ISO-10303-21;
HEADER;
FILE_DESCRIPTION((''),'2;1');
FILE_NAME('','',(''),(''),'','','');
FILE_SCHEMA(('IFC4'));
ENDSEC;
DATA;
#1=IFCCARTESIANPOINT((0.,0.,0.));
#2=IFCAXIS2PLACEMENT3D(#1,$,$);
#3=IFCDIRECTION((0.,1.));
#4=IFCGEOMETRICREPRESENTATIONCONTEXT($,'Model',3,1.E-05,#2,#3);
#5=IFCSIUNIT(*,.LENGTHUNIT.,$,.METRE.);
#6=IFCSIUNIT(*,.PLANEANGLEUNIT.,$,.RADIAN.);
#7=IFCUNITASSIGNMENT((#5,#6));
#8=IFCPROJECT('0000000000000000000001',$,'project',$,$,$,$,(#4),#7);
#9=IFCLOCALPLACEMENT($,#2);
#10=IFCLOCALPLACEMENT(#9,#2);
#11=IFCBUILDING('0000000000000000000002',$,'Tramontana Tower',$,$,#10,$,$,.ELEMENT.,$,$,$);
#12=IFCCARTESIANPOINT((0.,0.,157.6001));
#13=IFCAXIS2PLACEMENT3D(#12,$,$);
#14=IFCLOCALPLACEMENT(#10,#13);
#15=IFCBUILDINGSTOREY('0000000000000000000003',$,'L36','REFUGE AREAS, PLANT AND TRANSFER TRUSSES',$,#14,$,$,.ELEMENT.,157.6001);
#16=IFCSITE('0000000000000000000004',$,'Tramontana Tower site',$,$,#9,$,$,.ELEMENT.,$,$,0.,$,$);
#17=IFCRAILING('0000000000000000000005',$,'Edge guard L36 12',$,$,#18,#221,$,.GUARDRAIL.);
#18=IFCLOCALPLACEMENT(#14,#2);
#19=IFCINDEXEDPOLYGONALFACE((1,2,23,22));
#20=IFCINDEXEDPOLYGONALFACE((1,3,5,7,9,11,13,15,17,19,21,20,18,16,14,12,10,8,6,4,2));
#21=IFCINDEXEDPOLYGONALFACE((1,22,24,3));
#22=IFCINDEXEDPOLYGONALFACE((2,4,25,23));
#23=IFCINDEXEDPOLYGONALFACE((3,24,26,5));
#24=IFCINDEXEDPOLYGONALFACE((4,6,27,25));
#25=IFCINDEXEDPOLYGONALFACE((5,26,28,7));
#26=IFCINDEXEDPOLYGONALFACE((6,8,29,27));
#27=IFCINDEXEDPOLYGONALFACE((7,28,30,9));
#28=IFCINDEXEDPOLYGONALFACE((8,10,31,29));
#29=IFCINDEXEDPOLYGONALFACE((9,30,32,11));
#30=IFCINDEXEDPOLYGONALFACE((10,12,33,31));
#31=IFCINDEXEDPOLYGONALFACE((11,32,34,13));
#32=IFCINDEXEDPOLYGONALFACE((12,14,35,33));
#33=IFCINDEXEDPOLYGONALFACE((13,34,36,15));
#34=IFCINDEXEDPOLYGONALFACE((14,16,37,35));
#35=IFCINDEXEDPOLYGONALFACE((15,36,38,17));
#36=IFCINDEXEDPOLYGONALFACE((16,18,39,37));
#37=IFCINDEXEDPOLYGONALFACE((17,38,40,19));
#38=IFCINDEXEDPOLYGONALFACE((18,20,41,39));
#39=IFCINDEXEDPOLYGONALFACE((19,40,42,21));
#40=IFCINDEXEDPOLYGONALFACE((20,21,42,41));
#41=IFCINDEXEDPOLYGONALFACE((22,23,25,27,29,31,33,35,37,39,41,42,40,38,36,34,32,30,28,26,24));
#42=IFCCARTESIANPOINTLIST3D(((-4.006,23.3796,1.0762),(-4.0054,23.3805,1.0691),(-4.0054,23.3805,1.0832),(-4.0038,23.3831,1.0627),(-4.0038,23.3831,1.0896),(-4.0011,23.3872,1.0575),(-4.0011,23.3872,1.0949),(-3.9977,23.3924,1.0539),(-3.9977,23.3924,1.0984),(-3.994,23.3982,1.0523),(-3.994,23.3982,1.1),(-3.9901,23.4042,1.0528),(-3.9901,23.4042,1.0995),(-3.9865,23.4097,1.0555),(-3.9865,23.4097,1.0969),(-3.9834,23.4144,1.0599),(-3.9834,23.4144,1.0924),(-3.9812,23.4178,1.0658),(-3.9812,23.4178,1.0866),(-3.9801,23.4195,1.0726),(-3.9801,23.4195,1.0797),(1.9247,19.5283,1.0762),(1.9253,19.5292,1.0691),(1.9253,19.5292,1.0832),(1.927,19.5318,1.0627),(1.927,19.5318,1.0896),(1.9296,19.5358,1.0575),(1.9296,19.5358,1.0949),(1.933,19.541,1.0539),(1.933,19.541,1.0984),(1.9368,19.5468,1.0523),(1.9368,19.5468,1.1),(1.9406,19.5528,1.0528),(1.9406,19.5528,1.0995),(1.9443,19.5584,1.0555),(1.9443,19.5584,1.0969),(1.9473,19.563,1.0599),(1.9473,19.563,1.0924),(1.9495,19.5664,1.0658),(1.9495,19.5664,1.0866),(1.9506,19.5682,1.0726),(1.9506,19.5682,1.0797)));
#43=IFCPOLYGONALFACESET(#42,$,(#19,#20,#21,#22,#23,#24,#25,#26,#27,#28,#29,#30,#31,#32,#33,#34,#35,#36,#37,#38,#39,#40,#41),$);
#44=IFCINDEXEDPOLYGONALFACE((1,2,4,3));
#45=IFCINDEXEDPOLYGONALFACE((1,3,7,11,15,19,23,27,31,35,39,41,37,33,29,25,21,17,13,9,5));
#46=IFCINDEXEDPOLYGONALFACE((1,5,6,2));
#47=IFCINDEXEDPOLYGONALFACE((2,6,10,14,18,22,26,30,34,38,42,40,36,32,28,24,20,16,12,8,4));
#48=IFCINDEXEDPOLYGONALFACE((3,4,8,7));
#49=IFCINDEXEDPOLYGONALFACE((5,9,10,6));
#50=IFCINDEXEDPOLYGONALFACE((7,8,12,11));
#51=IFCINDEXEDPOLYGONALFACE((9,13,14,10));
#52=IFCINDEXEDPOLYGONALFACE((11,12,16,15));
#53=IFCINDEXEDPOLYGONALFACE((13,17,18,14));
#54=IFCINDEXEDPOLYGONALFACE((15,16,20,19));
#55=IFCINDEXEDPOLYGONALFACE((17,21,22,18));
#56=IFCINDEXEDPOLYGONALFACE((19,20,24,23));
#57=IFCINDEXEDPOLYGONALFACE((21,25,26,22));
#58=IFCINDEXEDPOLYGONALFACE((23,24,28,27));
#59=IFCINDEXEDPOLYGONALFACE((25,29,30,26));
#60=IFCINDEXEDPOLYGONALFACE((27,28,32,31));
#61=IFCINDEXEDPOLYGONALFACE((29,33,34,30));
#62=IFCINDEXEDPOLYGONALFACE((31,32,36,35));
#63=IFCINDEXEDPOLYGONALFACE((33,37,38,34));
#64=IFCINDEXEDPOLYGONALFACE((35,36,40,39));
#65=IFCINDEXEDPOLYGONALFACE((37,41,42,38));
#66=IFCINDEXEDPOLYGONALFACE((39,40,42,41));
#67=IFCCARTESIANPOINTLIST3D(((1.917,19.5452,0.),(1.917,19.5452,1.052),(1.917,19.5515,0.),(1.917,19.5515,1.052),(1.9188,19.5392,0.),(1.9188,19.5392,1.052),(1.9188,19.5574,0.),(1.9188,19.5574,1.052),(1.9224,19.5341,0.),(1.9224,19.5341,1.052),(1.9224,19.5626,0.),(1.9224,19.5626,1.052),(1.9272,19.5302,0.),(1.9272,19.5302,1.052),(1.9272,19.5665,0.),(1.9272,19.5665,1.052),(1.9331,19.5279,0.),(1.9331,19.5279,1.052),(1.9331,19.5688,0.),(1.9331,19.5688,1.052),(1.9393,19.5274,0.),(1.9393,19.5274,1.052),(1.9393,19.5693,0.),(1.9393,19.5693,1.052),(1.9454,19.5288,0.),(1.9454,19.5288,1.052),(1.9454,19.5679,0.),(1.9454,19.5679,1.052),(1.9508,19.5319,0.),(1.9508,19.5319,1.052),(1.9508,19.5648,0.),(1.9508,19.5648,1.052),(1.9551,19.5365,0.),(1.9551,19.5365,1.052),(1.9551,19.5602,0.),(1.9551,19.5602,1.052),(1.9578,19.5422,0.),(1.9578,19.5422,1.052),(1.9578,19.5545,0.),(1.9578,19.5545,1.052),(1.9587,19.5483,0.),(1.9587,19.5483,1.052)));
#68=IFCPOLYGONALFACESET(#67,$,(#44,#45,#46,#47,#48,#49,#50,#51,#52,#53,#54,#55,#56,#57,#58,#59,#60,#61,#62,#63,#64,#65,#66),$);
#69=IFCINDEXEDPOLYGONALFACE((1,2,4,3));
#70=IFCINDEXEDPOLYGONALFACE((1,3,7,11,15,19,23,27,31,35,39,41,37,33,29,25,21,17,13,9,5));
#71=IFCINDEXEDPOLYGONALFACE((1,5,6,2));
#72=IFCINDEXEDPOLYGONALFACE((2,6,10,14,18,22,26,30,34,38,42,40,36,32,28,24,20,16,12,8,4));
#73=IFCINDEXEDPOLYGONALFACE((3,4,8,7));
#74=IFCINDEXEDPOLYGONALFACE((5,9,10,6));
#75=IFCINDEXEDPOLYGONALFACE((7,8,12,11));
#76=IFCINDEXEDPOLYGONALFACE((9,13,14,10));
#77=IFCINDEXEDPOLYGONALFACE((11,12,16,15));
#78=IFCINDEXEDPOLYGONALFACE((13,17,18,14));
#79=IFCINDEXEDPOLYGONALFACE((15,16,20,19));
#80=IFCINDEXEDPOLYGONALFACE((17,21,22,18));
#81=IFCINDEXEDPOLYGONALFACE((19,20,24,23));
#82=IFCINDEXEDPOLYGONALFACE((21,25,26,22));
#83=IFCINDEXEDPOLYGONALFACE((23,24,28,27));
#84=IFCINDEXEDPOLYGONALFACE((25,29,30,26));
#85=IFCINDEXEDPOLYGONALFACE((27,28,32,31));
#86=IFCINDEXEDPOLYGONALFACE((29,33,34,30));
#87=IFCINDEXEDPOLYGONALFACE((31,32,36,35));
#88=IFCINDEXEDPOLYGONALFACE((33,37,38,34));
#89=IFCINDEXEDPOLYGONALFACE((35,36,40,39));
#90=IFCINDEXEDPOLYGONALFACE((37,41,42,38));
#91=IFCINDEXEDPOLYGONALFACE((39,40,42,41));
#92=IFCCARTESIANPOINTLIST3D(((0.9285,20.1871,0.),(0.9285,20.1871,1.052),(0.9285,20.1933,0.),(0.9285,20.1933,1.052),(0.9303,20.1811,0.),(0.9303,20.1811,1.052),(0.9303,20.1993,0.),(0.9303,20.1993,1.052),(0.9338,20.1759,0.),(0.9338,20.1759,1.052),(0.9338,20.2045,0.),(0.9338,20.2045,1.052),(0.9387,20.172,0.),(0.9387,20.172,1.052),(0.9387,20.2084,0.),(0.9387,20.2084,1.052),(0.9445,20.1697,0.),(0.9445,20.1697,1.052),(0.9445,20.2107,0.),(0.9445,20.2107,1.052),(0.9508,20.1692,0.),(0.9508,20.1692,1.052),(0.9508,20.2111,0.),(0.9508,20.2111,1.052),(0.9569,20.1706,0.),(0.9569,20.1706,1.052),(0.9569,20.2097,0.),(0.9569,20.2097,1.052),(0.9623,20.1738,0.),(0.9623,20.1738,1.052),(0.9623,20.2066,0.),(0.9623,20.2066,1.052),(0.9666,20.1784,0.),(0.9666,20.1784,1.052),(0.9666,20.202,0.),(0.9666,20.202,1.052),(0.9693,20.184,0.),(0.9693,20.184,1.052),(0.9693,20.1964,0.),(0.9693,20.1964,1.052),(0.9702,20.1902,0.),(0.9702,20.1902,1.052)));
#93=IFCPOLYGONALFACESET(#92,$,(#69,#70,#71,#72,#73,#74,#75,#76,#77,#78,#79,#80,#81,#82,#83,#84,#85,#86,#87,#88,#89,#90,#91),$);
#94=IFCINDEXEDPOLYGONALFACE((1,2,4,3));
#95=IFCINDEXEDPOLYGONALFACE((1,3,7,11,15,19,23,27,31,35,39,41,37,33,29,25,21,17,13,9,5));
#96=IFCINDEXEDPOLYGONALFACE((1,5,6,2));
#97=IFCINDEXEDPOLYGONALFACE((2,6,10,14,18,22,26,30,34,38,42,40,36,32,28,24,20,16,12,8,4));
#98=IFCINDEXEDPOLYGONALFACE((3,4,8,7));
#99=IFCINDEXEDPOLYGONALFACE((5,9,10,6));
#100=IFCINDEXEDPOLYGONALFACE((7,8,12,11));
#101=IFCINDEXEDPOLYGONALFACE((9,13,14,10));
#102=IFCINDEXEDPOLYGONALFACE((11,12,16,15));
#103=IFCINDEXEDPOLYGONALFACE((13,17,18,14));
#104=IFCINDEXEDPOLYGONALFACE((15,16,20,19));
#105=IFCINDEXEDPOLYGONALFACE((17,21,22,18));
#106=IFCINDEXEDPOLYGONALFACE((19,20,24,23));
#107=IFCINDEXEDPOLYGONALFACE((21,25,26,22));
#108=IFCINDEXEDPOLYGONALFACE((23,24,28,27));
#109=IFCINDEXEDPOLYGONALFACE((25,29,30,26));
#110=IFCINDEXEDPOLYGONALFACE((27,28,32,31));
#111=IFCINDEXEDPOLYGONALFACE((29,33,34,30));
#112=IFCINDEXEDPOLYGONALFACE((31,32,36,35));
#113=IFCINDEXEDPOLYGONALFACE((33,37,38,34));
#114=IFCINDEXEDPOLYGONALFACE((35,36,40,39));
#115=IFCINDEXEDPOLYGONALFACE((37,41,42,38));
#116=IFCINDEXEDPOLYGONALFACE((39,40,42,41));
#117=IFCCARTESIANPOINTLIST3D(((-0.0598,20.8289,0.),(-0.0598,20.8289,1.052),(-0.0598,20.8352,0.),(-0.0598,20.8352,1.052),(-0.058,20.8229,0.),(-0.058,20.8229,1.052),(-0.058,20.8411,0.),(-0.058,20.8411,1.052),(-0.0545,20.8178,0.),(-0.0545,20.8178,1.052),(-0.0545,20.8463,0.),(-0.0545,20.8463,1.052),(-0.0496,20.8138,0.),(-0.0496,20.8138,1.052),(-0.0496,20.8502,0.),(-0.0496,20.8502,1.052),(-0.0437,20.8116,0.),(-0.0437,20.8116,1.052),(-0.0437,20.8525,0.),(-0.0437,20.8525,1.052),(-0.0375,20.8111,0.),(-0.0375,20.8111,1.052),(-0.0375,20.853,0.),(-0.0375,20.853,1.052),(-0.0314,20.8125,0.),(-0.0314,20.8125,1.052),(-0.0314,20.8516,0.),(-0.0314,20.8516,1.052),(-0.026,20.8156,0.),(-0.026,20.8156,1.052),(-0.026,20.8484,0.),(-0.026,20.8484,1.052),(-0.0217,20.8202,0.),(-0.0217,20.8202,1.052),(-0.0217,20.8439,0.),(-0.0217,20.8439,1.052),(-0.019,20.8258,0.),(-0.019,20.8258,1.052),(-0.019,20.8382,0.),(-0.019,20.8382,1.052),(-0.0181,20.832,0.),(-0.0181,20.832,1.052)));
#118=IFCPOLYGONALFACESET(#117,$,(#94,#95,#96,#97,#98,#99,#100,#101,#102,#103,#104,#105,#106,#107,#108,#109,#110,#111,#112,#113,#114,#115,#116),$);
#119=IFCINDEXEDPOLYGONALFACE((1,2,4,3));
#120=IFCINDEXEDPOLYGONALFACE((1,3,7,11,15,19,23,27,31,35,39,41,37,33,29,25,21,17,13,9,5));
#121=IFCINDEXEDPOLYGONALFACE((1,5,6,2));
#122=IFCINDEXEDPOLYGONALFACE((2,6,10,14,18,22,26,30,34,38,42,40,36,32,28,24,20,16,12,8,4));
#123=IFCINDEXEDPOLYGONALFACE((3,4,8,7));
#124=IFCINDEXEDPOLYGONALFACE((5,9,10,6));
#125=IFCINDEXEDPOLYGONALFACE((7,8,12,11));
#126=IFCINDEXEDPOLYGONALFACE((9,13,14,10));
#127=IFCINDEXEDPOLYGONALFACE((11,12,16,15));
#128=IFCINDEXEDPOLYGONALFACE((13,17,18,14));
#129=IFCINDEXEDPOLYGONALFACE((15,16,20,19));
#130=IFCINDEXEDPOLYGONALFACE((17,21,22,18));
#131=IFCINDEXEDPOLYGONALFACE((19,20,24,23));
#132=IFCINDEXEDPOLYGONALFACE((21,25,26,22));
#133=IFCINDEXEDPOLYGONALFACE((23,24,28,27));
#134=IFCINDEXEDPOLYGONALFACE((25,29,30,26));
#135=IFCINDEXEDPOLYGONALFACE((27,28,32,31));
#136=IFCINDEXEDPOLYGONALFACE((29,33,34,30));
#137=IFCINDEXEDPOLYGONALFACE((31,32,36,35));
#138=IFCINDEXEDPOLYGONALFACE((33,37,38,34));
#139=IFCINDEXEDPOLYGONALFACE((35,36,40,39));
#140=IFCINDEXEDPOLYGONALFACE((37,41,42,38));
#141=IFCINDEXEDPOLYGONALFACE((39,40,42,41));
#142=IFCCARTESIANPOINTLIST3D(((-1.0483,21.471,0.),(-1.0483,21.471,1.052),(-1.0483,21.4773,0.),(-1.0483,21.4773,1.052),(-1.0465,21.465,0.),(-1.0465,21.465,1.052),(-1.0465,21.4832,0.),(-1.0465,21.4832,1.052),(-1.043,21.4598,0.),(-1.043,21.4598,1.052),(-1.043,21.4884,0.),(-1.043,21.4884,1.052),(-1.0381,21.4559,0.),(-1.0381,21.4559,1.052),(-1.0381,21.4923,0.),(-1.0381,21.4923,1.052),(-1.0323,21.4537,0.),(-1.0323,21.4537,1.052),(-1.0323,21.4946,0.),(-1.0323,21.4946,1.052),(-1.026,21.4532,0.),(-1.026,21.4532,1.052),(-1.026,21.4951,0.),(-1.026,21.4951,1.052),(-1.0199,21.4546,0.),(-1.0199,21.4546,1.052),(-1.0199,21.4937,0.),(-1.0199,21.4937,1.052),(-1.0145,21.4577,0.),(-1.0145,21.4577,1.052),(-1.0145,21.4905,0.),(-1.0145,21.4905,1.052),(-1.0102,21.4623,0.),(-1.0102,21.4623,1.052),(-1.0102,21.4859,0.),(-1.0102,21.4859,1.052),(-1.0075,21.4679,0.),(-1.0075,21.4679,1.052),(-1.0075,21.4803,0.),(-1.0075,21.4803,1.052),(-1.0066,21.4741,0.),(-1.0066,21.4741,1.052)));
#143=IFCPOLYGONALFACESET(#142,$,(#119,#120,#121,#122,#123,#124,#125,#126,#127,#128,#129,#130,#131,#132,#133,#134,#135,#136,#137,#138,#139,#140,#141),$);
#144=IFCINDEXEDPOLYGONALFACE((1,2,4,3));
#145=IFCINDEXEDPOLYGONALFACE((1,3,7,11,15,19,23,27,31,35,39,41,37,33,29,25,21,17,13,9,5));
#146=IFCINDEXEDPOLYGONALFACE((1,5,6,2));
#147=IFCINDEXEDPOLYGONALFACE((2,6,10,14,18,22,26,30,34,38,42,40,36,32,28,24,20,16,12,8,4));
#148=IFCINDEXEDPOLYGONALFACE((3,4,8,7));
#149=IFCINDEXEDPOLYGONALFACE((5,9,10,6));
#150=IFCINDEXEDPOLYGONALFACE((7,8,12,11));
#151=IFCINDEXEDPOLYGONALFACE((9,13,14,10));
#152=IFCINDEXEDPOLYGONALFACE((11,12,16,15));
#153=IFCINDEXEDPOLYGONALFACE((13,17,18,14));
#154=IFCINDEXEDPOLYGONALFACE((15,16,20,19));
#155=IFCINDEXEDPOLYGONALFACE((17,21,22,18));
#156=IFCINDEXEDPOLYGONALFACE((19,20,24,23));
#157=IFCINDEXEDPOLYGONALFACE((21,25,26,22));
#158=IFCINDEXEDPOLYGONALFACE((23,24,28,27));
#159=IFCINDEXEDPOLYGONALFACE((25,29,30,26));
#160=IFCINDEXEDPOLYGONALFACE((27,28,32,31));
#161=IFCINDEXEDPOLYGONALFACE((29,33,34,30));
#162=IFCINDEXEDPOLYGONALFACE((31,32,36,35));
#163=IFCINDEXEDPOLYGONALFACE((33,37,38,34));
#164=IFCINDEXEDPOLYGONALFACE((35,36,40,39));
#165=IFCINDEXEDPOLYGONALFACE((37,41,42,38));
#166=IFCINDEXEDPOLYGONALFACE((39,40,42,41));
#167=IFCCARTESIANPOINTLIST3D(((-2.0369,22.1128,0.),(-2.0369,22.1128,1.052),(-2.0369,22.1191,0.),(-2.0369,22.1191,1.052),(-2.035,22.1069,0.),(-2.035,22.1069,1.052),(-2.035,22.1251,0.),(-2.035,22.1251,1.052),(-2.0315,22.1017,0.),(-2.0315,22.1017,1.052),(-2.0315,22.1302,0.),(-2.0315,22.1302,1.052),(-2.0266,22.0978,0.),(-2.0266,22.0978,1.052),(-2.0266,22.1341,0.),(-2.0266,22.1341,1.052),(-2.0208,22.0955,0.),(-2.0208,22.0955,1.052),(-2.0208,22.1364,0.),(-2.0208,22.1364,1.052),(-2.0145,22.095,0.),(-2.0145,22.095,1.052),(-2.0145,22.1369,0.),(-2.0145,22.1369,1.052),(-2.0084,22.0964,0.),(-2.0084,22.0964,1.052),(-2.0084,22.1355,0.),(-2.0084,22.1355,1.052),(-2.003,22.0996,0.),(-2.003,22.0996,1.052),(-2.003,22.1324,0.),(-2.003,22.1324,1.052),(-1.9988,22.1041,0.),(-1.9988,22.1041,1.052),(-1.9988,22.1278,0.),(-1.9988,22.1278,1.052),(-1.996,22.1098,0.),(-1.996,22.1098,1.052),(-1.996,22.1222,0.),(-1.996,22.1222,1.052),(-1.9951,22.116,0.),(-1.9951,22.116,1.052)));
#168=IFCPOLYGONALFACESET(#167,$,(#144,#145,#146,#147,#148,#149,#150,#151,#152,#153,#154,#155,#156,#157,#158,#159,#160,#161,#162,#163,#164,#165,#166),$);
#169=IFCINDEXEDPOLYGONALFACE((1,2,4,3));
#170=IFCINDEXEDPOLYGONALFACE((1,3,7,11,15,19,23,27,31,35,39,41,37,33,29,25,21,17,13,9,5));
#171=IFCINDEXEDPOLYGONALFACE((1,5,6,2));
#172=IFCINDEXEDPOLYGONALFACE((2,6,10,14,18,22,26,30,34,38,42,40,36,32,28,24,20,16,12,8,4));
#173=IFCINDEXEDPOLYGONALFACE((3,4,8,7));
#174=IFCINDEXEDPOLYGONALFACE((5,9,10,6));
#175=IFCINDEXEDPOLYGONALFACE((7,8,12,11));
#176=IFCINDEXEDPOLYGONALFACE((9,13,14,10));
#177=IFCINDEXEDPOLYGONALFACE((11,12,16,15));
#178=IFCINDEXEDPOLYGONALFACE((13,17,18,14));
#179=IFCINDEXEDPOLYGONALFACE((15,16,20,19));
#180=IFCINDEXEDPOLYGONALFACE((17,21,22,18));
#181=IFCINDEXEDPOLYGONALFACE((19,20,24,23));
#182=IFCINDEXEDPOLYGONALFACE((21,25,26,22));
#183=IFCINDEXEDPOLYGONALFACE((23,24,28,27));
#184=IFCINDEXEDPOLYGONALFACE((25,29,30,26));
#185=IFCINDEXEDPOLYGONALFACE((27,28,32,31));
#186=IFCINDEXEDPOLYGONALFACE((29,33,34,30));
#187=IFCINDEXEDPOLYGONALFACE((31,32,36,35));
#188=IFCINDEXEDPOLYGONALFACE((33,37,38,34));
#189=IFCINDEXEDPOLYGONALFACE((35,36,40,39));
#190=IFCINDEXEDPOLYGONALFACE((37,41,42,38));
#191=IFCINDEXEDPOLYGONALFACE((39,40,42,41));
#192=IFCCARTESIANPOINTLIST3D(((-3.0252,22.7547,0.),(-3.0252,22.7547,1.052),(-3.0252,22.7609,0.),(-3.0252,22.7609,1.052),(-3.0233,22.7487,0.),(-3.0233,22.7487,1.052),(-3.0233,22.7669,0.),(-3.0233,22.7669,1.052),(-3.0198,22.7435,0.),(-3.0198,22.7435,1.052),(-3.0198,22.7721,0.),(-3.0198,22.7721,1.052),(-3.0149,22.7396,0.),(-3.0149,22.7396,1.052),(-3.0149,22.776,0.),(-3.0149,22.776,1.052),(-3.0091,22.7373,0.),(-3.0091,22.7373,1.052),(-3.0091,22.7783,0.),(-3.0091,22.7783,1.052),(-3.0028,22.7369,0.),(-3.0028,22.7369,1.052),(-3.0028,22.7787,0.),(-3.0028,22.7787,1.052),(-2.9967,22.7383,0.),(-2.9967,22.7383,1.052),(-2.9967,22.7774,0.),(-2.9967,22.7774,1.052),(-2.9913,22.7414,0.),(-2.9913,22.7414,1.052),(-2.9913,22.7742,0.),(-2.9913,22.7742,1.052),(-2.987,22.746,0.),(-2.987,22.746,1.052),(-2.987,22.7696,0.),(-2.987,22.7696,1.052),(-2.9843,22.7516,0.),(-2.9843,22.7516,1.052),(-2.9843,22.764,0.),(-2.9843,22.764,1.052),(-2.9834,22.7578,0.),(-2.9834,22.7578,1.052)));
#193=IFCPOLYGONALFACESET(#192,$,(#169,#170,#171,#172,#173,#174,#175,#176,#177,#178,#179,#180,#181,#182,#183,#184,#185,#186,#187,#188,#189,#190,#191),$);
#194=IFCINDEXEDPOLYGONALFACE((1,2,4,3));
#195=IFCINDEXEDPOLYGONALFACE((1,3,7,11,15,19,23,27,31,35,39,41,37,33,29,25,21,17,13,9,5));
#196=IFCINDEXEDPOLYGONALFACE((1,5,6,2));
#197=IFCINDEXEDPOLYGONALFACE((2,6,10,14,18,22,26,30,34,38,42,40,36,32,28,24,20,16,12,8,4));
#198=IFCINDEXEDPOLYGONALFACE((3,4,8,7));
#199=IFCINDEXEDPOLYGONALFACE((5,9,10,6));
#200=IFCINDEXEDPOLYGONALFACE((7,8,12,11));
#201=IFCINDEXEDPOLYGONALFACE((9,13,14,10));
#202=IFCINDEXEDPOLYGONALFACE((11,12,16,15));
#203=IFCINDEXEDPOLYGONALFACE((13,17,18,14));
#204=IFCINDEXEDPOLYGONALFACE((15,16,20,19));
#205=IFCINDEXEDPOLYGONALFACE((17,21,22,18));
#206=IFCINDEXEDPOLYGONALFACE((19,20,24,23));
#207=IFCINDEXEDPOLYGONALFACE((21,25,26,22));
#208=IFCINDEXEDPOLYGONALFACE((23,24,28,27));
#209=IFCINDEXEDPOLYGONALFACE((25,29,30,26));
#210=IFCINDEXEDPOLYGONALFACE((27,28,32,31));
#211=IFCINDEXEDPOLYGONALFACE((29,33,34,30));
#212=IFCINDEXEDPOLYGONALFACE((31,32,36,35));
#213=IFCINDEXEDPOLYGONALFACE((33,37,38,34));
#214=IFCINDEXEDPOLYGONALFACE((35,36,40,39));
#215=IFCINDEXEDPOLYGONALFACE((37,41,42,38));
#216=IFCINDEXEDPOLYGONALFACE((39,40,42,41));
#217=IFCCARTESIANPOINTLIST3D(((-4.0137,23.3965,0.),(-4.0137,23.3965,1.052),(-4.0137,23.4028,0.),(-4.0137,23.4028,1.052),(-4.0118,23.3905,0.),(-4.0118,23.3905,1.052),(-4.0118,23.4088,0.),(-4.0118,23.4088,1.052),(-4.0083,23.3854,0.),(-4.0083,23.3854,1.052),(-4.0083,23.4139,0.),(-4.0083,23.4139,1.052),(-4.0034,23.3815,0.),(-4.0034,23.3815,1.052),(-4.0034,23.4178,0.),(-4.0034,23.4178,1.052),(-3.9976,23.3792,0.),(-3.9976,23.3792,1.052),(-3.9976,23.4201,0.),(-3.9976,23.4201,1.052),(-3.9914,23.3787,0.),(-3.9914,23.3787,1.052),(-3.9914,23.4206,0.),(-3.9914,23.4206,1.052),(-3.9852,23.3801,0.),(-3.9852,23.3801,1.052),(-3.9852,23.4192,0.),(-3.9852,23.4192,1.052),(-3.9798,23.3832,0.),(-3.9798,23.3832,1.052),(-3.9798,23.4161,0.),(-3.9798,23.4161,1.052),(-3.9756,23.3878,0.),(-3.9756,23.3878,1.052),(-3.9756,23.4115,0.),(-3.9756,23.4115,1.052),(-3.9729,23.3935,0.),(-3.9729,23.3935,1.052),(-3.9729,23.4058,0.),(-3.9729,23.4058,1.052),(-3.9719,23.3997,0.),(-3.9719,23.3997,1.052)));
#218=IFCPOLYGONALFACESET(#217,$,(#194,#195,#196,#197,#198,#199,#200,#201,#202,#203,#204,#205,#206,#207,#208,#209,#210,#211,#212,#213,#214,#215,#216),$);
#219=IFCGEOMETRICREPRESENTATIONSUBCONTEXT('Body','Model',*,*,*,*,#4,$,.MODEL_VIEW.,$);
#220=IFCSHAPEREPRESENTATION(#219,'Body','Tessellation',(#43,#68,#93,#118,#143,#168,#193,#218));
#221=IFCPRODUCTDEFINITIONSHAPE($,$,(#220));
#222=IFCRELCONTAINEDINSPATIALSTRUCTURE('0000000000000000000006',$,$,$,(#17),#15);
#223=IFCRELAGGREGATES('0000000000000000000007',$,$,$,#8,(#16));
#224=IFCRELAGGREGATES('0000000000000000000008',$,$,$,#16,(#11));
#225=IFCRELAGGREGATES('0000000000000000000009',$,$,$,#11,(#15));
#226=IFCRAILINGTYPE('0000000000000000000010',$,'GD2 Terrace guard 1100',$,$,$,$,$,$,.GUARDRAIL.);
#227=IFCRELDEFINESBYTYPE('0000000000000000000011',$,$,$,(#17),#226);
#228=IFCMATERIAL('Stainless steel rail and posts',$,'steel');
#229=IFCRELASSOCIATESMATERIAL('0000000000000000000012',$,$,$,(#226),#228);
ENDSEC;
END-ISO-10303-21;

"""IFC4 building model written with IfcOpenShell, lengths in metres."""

from ifc_helpers import new_model, si_unit, direction, frame, origin, origin_2d, place, context, subcontext, project, spatial, circle, extrude, material, type_object, element, save


model = new_model("IFC4")

# Units and contexts
model_context = context("Model", 3, precision=1e-05, world=origin(), true_north=direction((0.0, 1.0)))
body_context = subcontext(model_context, "Body", "Model", "MODEL_VIEW")
ifc_project = project(units=[si_unit("LENGTHUNIT", "METRE"), si_unit("PLANEANGLEUNIT", "RADIAN")], contexts=[model_context])

# Site, building, storey
site_placement = place(None, origin())
site = spatial("IfcSite", under=ifc_project, at=site_placement, Name="Tramontana Tower site", CompositionType="ELEMENT", RefElevation=0.0)
building_placement = place(site_placement, origin())
building = spatial("IfcBuilding", under=site, at=building_placement, Name="Tramontana Tower", CompositionType="ELEMENT")
storey_placement = place(building_placement, frame((0.0, 0.0, 157.6001)))
storey = spatial("IfcBuildingStorey", under=building, at=storey_placement, Name="L36", Description="REFUGE AREAS, PLANT AND TRANSFER TRUSSES", CompositionType="ELEMENT", Elevation=157.6001)

# Railing
ifc_material_1 = material(Name="Stainless steel rail and posts", Category="steel")
railing_type = type_object("IfcRailingType", Name="GD2 Terrace guard 1100", PredefinedType="GUARDRAIL", material=ifc_material_1)
railing_1_placement = place(storey_placement, frame((1.9377, 19.5483, 0.0)))
element("IfcRailing", 1, at=railing_1_placement, inside=storey, type_object=railing_type, Name="Edge guard L36 12", PredefinedType="GUARDRAIL", context=body_context, shape_type="SweptSolid", body=[
    extrude(circle(Radius=0.0239, at=origin_2d()), frame((0.0, 0.0, 1.0762), z_axis=(-0.838677, 0.544629, 0.0), x_axis=(-0.544629, -0.838677, 0.0)), (0.0, 0.0, 1.0), 7.0715),
    extrude(circle(Radius=0.021, at=origin_2d()), origin(), (0.0, 0.0, 1.0), 1.052),
    extrude(circle(Radius=0.021, at=origin_2d()), frame((-0.9885, 0.6418, 0.0)), (0.0, 0.0, 1.0), 1.052),
    extrude(circle(Radius=0.021, at=origin_2d()), frame((-1.9768, 1.2837, 0.0)), (0.0, 0.0, 1.0), 1.052),
    extrude(circle(Radius=0.021, at=origin_2d()), frame((-2.9653, 1.9258, 0.0)), (0.0, 0.0, 1.0), 1.052),
    extrude(circle(Radius=0.021, at=origin_2d()), frame((-3.9539, 2.5676, 0.0)), (0.0, 0.0, 1.0), 1.052),
    extrude(circle(Radius=0.021, at=origin_2d()), frame((-4.9421, 3.2095, 0.0)), (0.0, 0.0, 1.0), 1.052),
    extrude(circle(Radius=0.021, at=origin_2d()), frame((-5.9307, 3.8513, 0.0)), (0.0, 0.0, 1.0), 1.052),
])

save(model, "model.ifc")
